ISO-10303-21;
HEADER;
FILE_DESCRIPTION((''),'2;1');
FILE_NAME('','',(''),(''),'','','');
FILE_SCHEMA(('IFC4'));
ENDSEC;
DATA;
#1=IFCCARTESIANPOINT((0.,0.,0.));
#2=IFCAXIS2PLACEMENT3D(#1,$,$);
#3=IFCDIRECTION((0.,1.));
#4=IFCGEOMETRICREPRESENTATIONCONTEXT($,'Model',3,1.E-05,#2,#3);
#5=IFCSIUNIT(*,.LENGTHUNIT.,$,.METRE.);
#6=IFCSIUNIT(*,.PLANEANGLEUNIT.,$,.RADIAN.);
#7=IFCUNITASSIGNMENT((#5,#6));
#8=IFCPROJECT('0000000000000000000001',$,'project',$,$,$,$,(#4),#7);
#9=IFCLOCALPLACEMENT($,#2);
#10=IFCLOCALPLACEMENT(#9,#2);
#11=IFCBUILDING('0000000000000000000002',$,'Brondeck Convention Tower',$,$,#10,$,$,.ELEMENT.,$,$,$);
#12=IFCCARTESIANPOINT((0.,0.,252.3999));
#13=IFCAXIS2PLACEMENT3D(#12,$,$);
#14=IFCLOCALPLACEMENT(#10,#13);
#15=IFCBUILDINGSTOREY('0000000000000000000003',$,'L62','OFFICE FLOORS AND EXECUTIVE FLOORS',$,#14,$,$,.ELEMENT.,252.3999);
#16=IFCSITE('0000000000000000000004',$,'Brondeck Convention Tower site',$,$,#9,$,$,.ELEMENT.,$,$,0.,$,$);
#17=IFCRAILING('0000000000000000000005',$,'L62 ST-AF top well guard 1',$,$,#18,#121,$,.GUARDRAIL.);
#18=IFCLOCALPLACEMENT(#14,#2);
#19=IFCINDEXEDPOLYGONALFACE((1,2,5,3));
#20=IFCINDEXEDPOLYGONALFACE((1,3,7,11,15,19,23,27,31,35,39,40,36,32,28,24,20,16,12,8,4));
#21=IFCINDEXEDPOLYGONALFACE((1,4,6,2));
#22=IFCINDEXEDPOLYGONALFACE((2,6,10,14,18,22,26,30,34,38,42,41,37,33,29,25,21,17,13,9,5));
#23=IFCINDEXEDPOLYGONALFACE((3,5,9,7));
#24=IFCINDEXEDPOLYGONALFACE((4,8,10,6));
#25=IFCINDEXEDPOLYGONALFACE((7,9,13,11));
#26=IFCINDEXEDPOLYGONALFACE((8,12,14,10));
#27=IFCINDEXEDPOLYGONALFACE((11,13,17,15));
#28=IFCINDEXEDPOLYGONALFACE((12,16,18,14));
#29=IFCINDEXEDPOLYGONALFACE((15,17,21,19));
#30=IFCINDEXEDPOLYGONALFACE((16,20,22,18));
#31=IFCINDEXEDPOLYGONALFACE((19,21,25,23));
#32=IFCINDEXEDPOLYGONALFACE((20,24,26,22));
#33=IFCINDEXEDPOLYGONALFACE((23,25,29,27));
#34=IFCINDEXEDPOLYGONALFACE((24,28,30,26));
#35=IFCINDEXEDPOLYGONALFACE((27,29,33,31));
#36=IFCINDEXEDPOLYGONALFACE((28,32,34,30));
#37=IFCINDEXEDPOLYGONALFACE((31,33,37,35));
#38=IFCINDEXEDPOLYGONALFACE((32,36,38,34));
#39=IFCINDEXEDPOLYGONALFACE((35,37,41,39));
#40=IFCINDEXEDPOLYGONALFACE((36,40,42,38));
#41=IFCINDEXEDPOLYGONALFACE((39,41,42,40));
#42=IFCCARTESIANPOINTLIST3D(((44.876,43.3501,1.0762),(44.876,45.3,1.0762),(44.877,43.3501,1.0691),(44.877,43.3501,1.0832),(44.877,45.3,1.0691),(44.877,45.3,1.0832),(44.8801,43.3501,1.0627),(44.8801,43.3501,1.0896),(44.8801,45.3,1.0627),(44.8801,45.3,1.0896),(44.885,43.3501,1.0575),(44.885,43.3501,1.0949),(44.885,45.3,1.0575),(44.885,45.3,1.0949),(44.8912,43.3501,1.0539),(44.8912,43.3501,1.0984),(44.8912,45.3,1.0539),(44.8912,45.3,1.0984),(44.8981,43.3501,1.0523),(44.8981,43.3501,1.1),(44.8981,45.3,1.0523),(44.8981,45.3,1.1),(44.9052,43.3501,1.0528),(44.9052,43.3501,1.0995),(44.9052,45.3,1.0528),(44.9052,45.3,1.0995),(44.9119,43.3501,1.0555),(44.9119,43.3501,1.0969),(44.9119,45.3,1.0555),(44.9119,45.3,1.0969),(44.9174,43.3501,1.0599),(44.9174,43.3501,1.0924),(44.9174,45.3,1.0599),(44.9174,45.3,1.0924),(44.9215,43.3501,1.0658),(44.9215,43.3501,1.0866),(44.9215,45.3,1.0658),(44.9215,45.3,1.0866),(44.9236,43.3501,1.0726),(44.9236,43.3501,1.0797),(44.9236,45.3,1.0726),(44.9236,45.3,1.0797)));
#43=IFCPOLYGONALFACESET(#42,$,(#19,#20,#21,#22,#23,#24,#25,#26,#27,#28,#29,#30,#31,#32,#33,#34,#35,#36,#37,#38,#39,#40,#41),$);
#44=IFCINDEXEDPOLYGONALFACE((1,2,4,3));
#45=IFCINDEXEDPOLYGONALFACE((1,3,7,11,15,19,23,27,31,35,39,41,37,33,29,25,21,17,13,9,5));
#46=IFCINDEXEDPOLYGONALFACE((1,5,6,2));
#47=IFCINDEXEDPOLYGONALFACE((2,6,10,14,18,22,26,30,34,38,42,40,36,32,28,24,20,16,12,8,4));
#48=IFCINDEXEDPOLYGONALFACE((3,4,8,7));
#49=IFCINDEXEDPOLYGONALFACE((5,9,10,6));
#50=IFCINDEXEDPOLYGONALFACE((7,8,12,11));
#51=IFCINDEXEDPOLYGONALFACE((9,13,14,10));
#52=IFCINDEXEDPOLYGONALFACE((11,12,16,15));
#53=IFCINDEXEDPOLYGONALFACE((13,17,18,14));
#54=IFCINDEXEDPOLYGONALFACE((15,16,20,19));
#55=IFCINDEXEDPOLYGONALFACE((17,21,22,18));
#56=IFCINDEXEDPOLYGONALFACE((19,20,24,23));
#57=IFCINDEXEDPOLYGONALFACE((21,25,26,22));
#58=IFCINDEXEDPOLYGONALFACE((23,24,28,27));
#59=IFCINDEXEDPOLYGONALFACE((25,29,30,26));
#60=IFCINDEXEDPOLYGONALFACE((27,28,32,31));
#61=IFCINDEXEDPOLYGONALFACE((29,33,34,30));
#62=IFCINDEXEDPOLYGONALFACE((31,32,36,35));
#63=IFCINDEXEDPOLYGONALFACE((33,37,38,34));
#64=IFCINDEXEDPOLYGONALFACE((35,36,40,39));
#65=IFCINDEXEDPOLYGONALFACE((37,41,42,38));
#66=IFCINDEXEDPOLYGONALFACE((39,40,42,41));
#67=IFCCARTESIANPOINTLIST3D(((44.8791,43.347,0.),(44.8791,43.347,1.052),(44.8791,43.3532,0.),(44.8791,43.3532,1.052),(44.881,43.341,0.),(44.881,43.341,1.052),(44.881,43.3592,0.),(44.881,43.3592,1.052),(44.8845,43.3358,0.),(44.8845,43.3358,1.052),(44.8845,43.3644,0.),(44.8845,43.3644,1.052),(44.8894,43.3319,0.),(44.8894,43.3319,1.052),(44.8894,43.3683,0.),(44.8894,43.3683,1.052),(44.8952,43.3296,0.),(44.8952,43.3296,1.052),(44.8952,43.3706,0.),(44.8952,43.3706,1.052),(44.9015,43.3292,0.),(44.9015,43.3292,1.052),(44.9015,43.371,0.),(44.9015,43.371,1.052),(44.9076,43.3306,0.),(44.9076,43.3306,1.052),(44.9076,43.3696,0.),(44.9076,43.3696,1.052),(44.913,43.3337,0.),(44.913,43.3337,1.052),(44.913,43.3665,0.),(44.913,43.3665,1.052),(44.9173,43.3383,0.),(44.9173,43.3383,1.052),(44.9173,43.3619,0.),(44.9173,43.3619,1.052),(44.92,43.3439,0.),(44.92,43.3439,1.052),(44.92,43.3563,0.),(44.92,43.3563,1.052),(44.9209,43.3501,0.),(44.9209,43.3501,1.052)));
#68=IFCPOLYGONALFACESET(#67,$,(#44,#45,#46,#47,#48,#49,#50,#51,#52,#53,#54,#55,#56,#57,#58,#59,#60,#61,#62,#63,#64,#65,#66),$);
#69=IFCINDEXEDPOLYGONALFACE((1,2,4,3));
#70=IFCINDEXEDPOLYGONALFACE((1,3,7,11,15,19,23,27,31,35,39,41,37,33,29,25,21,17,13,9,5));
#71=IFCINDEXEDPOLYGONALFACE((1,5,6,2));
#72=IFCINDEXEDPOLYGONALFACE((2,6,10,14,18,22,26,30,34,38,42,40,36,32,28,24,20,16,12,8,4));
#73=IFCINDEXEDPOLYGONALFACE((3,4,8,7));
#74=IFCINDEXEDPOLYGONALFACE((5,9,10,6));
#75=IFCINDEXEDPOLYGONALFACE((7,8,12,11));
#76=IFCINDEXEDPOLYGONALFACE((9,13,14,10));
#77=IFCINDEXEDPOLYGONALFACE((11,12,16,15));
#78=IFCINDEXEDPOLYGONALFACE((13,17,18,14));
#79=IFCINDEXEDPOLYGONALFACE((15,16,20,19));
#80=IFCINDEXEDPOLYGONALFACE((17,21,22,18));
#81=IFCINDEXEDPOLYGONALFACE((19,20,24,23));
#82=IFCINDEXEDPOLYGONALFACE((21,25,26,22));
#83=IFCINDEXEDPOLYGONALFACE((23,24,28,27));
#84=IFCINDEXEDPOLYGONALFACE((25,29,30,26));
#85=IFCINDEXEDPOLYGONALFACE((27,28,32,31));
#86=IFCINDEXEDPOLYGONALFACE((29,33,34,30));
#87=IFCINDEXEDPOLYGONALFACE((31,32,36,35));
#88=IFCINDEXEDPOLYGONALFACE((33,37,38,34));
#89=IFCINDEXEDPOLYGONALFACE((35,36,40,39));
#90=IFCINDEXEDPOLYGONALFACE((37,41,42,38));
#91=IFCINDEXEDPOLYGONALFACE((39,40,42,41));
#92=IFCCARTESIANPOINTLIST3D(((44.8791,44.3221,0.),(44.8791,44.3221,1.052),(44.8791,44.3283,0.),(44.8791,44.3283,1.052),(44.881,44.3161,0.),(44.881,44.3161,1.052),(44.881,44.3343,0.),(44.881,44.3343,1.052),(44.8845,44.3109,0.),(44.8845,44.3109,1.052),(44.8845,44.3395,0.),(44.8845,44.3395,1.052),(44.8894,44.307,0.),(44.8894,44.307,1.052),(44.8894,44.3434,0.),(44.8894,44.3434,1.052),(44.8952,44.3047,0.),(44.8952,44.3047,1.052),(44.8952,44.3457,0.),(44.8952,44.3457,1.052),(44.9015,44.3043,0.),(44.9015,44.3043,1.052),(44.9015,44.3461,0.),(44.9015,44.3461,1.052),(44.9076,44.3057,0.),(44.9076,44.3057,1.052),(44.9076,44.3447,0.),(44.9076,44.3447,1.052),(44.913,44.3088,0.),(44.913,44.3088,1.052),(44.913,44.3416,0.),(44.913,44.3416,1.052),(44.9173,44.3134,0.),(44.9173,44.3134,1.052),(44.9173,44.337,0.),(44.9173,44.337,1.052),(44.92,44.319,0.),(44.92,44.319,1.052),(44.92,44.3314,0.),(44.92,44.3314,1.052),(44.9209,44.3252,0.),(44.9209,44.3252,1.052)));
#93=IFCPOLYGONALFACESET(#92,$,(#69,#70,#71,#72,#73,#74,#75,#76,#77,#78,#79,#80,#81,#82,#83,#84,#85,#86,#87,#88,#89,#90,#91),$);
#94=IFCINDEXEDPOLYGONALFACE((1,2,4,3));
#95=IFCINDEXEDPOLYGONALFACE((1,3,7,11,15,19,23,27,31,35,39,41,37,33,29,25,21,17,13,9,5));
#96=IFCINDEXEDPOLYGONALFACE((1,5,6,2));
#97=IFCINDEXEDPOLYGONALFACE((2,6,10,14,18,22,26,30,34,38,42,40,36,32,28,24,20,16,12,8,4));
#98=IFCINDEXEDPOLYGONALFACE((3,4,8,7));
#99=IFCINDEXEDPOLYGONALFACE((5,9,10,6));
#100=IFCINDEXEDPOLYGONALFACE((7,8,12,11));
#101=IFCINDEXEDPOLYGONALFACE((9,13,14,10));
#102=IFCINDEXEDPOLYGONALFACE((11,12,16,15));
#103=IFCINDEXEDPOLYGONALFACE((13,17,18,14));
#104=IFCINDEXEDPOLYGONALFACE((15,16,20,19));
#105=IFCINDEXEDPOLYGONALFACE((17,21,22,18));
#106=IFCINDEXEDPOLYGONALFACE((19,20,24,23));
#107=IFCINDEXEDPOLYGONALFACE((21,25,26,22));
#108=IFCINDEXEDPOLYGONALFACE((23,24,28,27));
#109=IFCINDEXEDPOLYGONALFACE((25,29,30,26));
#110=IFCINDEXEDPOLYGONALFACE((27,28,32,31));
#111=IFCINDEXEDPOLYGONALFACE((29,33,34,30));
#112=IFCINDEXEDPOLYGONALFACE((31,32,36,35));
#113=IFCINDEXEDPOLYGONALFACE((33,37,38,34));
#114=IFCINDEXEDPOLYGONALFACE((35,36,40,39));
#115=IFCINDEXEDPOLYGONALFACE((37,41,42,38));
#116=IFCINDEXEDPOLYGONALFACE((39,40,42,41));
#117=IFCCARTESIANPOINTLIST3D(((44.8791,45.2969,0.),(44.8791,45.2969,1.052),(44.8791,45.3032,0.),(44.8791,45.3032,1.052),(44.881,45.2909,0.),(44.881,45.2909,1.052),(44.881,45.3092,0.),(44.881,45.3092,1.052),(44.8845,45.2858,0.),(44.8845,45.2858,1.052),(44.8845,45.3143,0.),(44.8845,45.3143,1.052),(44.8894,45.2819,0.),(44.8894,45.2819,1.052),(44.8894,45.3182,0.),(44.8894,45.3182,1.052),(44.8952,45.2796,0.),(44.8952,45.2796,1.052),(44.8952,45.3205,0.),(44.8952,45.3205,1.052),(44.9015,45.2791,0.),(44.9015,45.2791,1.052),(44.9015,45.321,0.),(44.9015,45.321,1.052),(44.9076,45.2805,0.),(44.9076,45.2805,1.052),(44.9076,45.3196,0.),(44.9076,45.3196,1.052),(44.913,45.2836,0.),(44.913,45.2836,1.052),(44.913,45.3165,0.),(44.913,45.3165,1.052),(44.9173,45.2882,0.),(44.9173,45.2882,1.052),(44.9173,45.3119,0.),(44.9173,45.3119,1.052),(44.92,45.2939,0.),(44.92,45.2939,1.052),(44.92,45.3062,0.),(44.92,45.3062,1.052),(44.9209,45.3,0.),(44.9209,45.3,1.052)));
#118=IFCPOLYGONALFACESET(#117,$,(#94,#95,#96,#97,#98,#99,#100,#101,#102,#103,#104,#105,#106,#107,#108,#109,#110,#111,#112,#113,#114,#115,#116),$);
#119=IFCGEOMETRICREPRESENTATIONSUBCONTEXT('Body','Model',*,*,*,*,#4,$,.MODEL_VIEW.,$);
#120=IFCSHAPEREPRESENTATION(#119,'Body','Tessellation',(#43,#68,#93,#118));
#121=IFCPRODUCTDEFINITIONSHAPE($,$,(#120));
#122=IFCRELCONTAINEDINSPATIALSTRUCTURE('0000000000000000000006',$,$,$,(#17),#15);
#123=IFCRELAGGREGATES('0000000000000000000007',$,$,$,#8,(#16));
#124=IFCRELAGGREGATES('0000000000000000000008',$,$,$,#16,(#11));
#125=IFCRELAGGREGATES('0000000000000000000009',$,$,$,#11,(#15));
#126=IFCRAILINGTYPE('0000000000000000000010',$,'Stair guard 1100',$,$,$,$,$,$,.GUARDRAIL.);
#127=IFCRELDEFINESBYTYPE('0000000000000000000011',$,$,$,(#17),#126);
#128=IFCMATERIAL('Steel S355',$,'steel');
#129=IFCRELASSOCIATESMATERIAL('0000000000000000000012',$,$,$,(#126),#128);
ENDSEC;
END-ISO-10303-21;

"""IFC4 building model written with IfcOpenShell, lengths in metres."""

from ifc_helpers import new_model, si_unit, direction, frame, origin, origin_2d, place, context, subcontext, project, spatial, circle, extrude, material, type_object, element, save


model = new_model("IFC4")

# Units and contexts
model_context = context("Model", 3, precision=1e-05, world=origin(), true_north=direction((0.0, 1.0)))
body_context = subcontext(model_context, "Body", "Model", "MODEL_VIEW")
ifc_project = project(units=[si_unit("LENGTHUNIT", "METRE"), si_unit("PLANEANGLEUNIT", "RADIAN")], contexts=[model_context])

# Site, building, storey
site_placement = place(None, origin())
site = spatial("IfcSite", under=ifc_project, at=site_placement, Name="Brondeck Convention Tower site", CompositionType="ELEMENT", RefElevation=0.0)
building_placement = place(site_placement, origin())
building = spatial("IfcBuilding", under=site, at=building_placement, Name="Brondeck Convention Tower", CompositionType="ELEMENT")
storey_placement = place(building_placement, frame((0.0, 0.0, 252.3999)))
storey = spatial("IfcBuildingStorey", under=building, at=storey_placement, Name="L62", Description="OFFICE FLOORS AND EXECUTIVE FLOORS", CompositionType="ELEMENT", Elevation=252.3999)

# Shared definitions
ifc_material_1 = material(Name="Steel S355", Category="steel")

# Railing
railing_type_1 = type_object("IfcRailingType", Name="Stair guard 1100", PredefinedType="GUARDRAIL", material=ifc_material_1)
railing_1_placement = place(storey_placement, frame((44.8999, 43.3501, 0.0)))
element("IfcRailing", 1, at=railing_1_placement, inside=storey, type_object=railing_type_1, Name="L62 ST-AF top well guard 1", PredefinedType="GUARDRAIL", context=body_context, shape_type="SweptSolid", body=[
    extrude(circle(Radius=0.0239, at=origin_2d()), frame((0.0, 0.0, 1.0762), z_axis=(0.0, 1.0, 0.0), x_axis=(-1.0, 0.0, 0.0)), (0.0, 0.0, 1.0), 1.95),
    extrude(circle(Radius=0.021, at=origin_2d()), origin(), (0.0, 0.0, 1.0), 1.052),
    extrude(circle(Radius=0.021, at=origin_2d()), frame((0.0, 0.9751, 0.0)), (0.0, 0.0, 1.0), 1.052),
    extrude(circle(Radius=0.021, at=origin_2d()), frame((0.0, 1.95, 0.0)), (0.0, 0.0, 1.0), 1.052),
])

save(model, "model.ifc")
